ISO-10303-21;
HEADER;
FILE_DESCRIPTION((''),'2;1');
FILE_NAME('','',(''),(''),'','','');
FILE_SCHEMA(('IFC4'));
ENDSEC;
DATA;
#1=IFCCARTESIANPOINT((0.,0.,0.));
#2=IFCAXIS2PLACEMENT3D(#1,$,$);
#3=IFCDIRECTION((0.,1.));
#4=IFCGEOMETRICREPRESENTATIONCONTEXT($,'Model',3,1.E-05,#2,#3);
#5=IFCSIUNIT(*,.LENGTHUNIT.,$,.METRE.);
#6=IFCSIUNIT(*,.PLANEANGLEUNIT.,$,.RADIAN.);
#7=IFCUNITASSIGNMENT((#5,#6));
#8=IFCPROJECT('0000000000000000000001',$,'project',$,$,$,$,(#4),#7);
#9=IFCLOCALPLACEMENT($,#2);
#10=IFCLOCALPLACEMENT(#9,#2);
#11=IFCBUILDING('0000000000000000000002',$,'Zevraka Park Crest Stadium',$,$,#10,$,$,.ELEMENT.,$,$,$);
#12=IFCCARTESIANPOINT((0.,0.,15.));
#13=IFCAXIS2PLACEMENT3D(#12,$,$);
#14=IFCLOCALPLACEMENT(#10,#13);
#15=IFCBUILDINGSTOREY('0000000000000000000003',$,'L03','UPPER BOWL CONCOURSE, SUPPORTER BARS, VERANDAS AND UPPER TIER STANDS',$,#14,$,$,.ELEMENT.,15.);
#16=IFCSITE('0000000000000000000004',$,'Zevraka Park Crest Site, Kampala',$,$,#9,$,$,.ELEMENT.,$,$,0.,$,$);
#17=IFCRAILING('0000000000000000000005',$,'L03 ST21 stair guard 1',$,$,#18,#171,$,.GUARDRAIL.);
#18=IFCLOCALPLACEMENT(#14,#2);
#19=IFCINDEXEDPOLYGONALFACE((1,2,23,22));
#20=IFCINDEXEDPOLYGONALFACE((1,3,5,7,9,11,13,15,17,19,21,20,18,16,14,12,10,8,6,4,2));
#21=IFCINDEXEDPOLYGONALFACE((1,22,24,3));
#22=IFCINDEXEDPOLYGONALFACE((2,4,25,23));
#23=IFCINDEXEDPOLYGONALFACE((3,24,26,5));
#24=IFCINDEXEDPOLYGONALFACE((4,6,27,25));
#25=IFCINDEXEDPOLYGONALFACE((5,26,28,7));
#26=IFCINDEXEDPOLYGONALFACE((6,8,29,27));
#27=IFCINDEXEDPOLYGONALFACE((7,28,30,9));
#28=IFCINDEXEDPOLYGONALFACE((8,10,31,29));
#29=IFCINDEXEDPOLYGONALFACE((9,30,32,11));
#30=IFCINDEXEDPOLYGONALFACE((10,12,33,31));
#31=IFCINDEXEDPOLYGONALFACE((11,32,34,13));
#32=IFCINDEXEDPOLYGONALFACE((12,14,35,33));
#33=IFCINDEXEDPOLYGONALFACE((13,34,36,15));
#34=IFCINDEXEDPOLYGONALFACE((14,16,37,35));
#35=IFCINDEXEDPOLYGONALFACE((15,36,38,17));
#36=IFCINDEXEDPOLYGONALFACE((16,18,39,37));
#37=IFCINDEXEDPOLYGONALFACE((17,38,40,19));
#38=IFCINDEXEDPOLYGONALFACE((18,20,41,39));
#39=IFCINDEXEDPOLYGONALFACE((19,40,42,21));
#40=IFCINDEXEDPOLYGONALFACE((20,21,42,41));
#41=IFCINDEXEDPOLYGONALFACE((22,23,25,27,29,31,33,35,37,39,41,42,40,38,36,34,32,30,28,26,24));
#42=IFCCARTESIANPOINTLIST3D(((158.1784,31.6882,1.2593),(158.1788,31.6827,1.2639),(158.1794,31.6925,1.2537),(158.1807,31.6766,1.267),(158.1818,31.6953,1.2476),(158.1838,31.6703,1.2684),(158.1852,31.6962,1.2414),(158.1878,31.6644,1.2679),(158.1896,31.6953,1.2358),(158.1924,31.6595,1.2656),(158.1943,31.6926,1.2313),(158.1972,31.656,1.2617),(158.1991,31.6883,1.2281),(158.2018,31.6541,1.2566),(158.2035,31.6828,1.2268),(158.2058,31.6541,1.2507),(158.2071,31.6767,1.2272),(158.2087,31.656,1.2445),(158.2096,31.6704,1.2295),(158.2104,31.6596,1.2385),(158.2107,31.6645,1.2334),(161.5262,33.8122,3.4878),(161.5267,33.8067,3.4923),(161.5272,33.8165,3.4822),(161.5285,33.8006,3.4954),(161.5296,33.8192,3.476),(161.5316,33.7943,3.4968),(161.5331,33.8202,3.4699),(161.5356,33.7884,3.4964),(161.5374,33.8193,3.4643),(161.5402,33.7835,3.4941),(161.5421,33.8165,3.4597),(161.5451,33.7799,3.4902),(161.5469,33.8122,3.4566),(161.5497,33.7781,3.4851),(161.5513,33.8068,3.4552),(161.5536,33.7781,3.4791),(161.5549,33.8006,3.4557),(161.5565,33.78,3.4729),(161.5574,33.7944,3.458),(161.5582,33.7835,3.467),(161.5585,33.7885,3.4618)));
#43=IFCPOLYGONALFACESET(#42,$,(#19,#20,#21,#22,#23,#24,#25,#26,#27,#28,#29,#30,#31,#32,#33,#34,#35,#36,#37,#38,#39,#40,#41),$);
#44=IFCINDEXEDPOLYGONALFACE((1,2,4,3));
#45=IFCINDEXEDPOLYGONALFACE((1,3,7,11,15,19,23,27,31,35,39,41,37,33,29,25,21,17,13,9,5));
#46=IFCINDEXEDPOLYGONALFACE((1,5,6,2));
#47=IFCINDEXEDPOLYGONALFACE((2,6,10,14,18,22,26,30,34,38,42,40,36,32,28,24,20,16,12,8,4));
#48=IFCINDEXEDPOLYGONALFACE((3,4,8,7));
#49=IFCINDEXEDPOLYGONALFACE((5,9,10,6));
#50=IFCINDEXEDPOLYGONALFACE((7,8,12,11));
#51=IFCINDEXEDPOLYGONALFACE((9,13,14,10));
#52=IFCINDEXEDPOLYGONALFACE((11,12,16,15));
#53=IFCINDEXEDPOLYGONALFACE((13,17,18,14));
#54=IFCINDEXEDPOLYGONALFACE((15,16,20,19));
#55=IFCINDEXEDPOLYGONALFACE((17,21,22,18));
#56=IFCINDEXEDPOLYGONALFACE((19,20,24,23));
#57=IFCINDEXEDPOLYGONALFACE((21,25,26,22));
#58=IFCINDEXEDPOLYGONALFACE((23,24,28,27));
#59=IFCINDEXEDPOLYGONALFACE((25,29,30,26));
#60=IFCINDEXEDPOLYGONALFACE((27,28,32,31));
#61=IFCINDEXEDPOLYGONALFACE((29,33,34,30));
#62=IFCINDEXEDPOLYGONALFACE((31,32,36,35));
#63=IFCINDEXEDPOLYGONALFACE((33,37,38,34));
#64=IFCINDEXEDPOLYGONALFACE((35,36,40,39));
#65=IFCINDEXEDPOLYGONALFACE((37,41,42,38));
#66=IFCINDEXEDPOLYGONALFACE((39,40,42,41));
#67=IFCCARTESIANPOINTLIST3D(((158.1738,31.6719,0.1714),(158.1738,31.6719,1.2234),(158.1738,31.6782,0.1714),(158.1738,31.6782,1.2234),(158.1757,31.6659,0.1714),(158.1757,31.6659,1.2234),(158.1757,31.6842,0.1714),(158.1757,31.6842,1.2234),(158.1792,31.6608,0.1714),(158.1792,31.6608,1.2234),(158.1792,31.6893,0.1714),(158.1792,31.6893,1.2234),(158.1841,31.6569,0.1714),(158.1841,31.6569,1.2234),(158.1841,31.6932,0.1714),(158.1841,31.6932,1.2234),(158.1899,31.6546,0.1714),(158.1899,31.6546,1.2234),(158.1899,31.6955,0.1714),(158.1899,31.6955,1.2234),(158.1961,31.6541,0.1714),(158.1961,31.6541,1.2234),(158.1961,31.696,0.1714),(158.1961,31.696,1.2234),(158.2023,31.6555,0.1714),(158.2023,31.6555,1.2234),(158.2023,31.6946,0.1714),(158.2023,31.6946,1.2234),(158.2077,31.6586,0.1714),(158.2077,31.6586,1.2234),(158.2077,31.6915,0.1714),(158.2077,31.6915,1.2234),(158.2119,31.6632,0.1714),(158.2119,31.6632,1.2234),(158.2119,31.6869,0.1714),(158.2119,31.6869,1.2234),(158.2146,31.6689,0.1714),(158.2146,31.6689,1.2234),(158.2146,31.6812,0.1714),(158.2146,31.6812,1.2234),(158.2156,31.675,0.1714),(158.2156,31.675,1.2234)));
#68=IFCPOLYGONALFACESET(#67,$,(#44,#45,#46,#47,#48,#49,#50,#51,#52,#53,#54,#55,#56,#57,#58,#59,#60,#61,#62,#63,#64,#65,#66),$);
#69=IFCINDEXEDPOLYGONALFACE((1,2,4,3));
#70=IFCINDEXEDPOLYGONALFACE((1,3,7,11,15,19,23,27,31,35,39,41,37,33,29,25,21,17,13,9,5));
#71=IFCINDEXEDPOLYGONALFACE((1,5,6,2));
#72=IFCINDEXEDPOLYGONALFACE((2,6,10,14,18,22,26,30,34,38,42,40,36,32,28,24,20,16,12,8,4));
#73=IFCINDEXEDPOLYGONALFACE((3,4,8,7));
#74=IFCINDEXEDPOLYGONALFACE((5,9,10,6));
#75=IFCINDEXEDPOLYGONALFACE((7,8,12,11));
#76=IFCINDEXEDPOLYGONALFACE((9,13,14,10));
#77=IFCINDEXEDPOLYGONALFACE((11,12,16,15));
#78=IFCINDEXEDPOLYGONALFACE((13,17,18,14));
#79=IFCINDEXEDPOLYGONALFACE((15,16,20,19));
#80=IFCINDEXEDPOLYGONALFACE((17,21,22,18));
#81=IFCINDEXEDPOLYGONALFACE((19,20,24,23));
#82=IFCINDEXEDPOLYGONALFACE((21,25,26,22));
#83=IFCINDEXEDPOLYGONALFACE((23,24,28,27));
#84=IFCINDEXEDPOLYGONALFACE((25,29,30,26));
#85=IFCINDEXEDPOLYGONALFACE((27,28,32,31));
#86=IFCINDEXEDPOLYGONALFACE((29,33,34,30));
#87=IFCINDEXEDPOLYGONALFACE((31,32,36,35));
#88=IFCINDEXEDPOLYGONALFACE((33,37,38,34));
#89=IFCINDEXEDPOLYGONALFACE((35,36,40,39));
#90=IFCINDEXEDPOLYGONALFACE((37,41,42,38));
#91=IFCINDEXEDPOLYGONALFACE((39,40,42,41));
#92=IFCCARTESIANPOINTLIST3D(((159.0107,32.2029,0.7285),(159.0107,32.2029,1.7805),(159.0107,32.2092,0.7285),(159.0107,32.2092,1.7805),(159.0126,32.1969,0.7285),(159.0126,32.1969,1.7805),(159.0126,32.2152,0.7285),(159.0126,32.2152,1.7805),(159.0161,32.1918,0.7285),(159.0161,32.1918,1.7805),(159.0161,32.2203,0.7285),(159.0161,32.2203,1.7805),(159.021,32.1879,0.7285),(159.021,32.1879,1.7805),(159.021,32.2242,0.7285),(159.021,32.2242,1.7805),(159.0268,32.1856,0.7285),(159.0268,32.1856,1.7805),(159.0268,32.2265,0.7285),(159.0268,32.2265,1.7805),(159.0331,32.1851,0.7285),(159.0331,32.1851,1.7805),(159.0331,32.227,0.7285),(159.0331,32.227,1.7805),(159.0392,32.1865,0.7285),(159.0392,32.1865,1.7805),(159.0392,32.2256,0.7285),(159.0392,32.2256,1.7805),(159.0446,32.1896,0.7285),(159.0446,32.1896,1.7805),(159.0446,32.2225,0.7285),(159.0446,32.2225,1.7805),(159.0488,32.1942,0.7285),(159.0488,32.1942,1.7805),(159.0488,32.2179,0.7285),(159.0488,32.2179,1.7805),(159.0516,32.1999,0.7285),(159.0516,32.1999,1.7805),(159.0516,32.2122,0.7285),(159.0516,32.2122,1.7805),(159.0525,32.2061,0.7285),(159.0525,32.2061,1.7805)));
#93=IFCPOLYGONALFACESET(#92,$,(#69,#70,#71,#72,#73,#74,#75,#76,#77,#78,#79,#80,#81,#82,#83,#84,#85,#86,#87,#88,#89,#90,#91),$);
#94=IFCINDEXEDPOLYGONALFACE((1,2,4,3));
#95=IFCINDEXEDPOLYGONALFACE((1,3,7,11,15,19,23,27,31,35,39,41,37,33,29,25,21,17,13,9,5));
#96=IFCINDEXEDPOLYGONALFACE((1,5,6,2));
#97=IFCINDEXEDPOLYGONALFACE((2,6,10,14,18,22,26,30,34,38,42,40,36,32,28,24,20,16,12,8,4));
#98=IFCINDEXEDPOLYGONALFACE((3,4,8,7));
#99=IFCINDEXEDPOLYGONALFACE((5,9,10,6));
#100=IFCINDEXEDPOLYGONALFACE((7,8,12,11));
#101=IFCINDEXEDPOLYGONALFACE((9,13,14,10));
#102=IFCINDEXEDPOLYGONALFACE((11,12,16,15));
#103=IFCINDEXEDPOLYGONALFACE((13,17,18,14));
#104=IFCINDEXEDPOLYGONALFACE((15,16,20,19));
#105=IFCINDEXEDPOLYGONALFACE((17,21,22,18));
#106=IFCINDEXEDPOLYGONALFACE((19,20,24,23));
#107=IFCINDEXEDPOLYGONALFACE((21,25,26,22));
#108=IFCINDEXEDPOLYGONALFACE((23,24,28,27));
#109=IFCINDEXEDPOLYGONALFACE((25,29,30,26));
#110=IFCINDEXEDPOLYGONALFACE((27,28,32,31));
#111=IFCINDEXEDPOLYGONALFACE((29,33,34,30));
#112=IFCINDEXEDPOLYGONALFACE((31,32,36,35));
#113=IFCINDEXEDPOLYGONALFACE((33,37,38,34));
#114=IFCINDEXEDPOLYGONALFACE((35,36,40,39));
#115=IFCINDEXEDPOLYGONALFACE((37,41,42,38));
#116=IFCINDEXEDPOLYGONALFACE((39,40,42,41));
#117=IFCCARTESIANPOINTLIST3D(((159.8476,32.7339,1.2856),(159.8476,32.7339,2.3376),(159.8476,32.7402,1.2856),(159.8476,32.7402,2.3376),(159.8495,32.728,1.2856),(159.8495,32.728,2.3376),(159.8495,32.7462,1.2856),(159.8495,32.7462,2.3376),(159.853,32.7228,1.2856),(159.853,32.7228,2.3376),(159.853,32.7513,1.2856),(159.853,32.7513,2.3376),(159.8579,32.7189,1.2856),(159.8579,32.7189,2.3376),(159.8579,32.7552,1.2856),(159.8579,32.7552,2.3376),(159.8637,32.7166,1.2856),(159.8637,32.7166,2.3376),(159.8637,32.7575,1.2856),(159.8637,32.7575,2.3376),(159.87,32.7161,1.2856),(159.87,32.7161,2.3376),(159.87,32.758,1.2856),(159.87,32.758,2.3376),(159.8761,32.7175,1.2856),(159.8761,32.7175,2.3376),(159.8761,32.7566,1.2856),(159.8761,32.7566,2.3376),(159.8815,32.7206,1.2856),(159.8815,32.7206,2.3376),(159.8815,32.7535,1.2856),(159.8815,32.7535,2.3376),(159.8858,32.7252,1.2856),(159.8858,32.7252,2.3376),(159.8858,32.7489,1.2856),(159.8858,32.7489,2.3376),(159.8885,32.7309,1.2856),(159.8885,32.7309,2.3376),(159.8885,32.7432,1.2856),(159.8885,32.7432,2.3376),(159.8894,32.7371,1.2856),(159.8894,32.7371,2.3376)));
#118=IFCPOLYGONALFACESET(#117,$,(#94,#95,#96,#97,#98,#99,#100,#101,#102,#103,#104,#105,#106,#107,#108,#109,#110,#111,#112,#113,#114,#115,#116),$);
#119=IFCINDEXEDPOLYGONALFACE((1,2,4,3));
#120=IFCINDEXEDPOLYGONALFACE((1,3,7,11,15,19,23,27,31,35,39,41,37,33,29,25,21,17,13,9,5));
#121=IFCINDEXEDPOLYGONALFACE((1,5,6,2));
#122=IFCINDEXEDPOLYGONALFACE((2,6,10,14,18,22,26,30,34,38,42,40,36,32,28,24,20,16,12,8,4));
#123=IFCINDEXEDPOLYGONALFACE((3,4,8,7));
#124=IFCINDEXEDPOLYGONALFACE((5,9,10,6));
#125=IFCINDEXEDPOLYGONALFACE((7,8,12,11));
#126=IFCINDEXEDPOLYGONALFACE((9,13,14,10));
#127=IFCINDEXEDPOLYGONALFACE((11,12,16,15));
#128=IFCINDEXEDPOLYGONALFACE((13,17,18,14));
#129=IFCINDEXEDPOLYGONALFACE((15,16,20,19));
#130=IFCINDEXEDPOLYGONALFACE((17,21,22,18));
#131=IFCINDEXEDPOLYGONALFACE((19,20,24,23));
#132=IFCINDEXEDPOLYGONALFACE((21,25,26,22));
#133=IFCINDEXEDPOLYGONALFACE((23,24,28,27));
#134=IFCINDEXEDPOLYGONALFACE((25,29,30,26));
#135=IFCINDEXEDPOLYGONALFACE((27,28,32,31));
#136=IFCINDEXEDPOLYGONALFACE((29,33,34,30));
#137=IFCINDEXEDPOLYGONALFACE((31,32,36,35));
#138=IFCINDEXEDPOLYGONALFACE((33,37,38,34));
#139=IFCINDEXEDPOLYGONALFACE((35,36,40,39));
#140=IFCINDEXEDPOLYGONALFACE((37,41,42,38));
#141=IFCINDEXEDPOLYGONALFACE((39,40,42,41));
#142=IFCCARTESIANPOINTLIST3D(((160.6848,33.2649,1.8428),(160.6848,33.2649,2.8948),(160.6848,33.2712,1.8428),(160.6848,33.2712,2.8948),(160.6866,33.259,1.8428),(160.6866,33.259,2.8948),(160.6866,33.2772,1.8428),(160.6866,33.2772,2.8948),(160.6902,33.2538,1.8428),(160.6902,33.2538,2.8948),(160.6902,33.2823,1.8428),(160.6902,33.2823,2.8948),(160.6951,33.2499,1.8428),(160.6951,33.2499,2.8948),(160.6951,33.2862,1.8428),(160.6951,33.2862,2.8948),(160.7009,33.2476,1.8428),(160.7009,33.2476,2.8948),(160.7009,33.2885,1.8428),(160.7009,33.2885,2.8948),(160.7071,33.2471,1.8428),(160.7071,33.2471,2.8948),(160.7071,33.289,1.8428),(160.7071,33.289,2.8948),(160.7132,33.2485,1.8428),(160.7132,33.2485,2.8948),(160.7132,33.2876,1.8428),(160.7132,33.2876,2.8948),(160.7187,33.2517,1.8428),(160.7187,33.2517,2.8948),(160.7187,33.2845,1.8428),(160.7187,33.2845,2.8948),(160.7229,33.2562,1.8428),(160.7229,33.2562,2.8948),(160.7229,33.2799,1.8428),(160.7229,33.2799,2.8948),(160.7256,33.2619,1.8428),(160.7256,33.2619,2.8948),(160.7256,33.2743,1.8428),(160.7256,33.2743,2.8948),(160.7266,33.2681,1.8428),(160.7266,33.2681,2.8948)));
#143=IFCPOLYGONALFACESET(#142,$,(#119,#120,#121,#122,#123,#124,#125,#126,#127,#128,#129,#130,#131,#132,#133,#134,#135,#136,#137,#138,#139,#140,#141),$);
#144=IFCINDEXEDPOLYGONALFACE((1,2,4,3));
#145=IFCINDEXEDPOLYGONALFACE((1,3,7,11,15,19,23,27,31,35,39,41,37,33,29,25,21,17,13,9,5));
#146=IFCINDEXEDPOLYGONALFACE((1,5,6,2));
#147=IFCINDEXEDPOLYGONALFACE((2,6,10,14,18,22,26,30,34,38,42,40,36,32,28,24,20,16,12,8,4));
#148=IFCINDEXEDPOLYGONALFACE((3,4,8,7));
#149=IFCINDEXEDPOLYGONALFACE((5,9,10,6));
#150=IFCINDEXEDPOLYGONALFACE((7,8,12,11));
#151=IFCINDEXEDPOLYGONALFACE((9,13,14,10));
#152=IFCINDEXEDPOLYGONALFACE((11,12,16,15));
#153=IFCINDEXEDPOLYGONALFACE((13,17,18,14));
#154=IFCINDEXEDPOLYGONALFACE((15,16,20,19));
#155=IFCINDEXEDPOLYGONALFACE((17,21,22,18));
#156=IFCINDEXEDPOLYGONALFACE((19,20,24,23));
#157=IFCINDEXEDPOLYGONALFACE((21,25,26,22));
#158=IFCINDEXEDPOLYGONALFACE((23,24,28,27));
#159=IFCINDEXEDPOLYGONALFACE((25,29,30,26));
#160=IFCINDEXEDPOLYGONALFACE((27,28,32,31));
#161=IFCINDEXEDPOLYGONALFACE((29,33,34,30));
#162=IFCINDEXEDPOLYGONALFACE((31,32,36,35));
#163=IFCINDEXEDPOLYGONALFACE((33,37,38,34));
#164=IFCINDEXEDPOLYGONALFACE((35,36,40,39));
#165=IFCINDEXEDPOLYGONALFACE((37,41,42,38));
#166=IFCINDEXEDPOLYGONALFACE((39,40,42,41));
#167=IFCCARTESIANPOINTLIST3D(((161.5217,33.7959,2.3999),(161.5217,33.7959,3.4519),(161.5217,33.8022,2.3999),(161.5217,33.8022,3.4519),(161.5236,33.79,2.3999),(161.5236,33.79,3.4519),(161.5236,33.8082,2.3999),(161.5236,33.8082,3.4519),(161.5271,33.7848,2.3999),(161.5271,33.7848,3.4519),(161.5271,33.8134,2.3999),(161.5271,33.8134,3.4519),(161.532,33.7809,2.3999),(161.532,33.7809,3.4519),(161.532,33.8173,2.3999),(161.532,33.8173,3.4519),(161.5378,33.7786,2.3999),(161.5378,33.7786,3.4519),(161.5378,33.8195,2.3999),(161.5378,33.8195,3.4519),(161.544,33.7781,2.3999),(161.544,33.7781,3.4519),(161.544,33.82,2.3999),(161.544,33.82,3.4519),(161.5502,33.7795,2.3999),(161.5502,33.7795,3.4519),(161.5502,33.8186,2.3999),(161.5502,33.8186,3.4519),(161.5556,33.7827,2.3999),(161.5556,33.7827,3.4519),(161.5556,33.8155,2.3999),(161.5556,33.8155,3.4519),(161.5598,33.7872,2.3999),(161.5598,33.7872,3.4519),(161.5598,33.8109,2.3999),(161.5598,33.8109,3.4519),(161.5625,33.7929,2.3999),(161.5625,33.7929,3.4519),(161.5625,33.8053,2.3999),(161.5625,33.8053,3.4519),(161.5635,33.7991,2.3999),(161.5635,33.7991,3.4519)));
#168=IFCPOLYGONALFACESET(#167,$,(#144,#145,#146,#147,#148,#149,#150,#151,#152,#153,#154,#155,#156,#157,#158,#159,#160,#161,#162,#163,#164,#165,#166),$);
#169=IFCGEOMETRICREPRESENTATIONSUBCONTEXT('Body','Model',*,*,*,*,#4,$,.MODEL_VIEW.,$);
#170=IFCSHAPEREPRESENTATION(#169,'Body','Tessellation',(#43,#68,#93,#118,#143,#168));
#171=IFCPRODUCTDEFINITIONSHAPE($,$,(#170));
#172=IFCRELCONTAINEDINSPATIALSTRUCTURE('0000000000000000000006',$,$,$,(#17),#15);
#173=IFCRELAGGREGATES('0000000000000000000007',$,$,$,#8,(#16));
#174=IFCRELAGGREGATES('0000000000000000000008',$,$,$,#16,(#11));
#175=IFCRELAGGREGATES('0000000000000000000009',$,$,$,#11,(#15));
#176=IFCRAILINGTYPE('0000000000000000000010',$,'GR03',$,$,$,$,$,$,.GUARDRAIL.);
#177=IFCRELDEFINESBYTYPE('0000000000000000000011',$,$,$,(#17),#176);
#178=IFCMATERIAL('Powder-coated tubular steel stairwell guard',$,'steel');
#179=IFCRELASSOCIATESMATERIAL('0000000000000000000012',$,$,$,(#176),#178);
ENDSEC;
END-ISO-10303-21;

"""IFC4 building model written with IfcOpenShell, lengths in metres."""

from ifc_helpers import new_model, si_unit, direction, frame, origin, origin_2d, place, context, subcontext, project, spatial, circle, extrude, material, type_object, element, save


model = new_model("IFC4")

# Units and contexts
model_context = context("Model", 3, precision=1e-05, world=origin(), true_north=direction((0.0, 1.0)))
body_context = subcontext(model_context, "Body", "Model", "MODEL_VIEW")
ifc_project = project(units=[si_unit("LENGTHUNIT", "METRE"), si_unit("PLANEANGLEUNIT", "RADIAN")], contexts=[model_context])

# Site, building, storey
site_placement = place(None, origin())
site = spatial("IfcSite", under=ifc_project, at=site_placement, Name="Zevraka Park Crest Site, Kampala", CompositionType="ELEMENT", RefElevation=0.0)
building_placement = place(site_placement, origin())
building = spatial("IfcBuilding", under=site, at=building_placement, Name="Zevraka Park Crest Stadium", CompositionType="ELEMENT")
storey_placement = place(building_placement, frame((0.0, 0.0, 15.0)))
storey = spatial("IfcBuildingStorey", under=building, at=storey_placement, Name="L03", Description="UPPER BOWL CONCOURSE, SUPPORTER BARS, VERANDAS AND UPPER TIER STANDS", CompositionType="ELEMENT", Elevation=15.0)

# Railing
ifc_material_1 = material(Name="Powder-coated tubular steel stairwell guard", Category="steel")
railing_type_1 = type_object("IfcRailingType", Name="GR03", PredefinedType="GUARDRAIL", material=ifc_material_1)
railing_1_placement = place(storey_placement, frame((158.1946, 31.675, 0.1714)))
element("IfcRailing", 1, at=railing_1_placement, inside=storey, type_object=railing_type_1, Name="L03 ST21 stair guard 1", PredefinedType="GUARDRAIL", context=body_context, shape_type="SweptSolid", body=[
    extrude(circle(Radius=0.0239, at=origin_2d()), frame((0.0, 0.0, 1.0762), z_axis=(0.736092, 0.467002, 0.489977), x_axis=(-0.535716, 0.844399, 0.0)), (0.0, 0.0, 1.0), 4.5481),
    extrude(circle(Radius=0.021, at=origin_2d()), origin(), (0.0, 0.0, 1.0), 1.052),
    extrude(circle(Radius=0.021, at=origin_2d()), frame((0.8369, 0.531, 0.5571)), (0.0, 0.0, 1.0), 1.052),
    extrude(circle(Radius=0.021, at=origin_2d()), frame((1.6738, 1.062, 1.1143)), (0.0, 0.0, 1.0), 1.052),
    extrude(circle(Radius=0.021, at=origin_2d()), frame((2.511, 1.593, 1.6714)), (0.0, 0.0, 1.0), 1.052),
    extrude(circle(Radius=0.021, at=origin_2d()), frame((3.3479, 2.124, 2.2285)), (0.0, 0.0, 1.0), 1.052),
])

save(model, "model.ifc")
